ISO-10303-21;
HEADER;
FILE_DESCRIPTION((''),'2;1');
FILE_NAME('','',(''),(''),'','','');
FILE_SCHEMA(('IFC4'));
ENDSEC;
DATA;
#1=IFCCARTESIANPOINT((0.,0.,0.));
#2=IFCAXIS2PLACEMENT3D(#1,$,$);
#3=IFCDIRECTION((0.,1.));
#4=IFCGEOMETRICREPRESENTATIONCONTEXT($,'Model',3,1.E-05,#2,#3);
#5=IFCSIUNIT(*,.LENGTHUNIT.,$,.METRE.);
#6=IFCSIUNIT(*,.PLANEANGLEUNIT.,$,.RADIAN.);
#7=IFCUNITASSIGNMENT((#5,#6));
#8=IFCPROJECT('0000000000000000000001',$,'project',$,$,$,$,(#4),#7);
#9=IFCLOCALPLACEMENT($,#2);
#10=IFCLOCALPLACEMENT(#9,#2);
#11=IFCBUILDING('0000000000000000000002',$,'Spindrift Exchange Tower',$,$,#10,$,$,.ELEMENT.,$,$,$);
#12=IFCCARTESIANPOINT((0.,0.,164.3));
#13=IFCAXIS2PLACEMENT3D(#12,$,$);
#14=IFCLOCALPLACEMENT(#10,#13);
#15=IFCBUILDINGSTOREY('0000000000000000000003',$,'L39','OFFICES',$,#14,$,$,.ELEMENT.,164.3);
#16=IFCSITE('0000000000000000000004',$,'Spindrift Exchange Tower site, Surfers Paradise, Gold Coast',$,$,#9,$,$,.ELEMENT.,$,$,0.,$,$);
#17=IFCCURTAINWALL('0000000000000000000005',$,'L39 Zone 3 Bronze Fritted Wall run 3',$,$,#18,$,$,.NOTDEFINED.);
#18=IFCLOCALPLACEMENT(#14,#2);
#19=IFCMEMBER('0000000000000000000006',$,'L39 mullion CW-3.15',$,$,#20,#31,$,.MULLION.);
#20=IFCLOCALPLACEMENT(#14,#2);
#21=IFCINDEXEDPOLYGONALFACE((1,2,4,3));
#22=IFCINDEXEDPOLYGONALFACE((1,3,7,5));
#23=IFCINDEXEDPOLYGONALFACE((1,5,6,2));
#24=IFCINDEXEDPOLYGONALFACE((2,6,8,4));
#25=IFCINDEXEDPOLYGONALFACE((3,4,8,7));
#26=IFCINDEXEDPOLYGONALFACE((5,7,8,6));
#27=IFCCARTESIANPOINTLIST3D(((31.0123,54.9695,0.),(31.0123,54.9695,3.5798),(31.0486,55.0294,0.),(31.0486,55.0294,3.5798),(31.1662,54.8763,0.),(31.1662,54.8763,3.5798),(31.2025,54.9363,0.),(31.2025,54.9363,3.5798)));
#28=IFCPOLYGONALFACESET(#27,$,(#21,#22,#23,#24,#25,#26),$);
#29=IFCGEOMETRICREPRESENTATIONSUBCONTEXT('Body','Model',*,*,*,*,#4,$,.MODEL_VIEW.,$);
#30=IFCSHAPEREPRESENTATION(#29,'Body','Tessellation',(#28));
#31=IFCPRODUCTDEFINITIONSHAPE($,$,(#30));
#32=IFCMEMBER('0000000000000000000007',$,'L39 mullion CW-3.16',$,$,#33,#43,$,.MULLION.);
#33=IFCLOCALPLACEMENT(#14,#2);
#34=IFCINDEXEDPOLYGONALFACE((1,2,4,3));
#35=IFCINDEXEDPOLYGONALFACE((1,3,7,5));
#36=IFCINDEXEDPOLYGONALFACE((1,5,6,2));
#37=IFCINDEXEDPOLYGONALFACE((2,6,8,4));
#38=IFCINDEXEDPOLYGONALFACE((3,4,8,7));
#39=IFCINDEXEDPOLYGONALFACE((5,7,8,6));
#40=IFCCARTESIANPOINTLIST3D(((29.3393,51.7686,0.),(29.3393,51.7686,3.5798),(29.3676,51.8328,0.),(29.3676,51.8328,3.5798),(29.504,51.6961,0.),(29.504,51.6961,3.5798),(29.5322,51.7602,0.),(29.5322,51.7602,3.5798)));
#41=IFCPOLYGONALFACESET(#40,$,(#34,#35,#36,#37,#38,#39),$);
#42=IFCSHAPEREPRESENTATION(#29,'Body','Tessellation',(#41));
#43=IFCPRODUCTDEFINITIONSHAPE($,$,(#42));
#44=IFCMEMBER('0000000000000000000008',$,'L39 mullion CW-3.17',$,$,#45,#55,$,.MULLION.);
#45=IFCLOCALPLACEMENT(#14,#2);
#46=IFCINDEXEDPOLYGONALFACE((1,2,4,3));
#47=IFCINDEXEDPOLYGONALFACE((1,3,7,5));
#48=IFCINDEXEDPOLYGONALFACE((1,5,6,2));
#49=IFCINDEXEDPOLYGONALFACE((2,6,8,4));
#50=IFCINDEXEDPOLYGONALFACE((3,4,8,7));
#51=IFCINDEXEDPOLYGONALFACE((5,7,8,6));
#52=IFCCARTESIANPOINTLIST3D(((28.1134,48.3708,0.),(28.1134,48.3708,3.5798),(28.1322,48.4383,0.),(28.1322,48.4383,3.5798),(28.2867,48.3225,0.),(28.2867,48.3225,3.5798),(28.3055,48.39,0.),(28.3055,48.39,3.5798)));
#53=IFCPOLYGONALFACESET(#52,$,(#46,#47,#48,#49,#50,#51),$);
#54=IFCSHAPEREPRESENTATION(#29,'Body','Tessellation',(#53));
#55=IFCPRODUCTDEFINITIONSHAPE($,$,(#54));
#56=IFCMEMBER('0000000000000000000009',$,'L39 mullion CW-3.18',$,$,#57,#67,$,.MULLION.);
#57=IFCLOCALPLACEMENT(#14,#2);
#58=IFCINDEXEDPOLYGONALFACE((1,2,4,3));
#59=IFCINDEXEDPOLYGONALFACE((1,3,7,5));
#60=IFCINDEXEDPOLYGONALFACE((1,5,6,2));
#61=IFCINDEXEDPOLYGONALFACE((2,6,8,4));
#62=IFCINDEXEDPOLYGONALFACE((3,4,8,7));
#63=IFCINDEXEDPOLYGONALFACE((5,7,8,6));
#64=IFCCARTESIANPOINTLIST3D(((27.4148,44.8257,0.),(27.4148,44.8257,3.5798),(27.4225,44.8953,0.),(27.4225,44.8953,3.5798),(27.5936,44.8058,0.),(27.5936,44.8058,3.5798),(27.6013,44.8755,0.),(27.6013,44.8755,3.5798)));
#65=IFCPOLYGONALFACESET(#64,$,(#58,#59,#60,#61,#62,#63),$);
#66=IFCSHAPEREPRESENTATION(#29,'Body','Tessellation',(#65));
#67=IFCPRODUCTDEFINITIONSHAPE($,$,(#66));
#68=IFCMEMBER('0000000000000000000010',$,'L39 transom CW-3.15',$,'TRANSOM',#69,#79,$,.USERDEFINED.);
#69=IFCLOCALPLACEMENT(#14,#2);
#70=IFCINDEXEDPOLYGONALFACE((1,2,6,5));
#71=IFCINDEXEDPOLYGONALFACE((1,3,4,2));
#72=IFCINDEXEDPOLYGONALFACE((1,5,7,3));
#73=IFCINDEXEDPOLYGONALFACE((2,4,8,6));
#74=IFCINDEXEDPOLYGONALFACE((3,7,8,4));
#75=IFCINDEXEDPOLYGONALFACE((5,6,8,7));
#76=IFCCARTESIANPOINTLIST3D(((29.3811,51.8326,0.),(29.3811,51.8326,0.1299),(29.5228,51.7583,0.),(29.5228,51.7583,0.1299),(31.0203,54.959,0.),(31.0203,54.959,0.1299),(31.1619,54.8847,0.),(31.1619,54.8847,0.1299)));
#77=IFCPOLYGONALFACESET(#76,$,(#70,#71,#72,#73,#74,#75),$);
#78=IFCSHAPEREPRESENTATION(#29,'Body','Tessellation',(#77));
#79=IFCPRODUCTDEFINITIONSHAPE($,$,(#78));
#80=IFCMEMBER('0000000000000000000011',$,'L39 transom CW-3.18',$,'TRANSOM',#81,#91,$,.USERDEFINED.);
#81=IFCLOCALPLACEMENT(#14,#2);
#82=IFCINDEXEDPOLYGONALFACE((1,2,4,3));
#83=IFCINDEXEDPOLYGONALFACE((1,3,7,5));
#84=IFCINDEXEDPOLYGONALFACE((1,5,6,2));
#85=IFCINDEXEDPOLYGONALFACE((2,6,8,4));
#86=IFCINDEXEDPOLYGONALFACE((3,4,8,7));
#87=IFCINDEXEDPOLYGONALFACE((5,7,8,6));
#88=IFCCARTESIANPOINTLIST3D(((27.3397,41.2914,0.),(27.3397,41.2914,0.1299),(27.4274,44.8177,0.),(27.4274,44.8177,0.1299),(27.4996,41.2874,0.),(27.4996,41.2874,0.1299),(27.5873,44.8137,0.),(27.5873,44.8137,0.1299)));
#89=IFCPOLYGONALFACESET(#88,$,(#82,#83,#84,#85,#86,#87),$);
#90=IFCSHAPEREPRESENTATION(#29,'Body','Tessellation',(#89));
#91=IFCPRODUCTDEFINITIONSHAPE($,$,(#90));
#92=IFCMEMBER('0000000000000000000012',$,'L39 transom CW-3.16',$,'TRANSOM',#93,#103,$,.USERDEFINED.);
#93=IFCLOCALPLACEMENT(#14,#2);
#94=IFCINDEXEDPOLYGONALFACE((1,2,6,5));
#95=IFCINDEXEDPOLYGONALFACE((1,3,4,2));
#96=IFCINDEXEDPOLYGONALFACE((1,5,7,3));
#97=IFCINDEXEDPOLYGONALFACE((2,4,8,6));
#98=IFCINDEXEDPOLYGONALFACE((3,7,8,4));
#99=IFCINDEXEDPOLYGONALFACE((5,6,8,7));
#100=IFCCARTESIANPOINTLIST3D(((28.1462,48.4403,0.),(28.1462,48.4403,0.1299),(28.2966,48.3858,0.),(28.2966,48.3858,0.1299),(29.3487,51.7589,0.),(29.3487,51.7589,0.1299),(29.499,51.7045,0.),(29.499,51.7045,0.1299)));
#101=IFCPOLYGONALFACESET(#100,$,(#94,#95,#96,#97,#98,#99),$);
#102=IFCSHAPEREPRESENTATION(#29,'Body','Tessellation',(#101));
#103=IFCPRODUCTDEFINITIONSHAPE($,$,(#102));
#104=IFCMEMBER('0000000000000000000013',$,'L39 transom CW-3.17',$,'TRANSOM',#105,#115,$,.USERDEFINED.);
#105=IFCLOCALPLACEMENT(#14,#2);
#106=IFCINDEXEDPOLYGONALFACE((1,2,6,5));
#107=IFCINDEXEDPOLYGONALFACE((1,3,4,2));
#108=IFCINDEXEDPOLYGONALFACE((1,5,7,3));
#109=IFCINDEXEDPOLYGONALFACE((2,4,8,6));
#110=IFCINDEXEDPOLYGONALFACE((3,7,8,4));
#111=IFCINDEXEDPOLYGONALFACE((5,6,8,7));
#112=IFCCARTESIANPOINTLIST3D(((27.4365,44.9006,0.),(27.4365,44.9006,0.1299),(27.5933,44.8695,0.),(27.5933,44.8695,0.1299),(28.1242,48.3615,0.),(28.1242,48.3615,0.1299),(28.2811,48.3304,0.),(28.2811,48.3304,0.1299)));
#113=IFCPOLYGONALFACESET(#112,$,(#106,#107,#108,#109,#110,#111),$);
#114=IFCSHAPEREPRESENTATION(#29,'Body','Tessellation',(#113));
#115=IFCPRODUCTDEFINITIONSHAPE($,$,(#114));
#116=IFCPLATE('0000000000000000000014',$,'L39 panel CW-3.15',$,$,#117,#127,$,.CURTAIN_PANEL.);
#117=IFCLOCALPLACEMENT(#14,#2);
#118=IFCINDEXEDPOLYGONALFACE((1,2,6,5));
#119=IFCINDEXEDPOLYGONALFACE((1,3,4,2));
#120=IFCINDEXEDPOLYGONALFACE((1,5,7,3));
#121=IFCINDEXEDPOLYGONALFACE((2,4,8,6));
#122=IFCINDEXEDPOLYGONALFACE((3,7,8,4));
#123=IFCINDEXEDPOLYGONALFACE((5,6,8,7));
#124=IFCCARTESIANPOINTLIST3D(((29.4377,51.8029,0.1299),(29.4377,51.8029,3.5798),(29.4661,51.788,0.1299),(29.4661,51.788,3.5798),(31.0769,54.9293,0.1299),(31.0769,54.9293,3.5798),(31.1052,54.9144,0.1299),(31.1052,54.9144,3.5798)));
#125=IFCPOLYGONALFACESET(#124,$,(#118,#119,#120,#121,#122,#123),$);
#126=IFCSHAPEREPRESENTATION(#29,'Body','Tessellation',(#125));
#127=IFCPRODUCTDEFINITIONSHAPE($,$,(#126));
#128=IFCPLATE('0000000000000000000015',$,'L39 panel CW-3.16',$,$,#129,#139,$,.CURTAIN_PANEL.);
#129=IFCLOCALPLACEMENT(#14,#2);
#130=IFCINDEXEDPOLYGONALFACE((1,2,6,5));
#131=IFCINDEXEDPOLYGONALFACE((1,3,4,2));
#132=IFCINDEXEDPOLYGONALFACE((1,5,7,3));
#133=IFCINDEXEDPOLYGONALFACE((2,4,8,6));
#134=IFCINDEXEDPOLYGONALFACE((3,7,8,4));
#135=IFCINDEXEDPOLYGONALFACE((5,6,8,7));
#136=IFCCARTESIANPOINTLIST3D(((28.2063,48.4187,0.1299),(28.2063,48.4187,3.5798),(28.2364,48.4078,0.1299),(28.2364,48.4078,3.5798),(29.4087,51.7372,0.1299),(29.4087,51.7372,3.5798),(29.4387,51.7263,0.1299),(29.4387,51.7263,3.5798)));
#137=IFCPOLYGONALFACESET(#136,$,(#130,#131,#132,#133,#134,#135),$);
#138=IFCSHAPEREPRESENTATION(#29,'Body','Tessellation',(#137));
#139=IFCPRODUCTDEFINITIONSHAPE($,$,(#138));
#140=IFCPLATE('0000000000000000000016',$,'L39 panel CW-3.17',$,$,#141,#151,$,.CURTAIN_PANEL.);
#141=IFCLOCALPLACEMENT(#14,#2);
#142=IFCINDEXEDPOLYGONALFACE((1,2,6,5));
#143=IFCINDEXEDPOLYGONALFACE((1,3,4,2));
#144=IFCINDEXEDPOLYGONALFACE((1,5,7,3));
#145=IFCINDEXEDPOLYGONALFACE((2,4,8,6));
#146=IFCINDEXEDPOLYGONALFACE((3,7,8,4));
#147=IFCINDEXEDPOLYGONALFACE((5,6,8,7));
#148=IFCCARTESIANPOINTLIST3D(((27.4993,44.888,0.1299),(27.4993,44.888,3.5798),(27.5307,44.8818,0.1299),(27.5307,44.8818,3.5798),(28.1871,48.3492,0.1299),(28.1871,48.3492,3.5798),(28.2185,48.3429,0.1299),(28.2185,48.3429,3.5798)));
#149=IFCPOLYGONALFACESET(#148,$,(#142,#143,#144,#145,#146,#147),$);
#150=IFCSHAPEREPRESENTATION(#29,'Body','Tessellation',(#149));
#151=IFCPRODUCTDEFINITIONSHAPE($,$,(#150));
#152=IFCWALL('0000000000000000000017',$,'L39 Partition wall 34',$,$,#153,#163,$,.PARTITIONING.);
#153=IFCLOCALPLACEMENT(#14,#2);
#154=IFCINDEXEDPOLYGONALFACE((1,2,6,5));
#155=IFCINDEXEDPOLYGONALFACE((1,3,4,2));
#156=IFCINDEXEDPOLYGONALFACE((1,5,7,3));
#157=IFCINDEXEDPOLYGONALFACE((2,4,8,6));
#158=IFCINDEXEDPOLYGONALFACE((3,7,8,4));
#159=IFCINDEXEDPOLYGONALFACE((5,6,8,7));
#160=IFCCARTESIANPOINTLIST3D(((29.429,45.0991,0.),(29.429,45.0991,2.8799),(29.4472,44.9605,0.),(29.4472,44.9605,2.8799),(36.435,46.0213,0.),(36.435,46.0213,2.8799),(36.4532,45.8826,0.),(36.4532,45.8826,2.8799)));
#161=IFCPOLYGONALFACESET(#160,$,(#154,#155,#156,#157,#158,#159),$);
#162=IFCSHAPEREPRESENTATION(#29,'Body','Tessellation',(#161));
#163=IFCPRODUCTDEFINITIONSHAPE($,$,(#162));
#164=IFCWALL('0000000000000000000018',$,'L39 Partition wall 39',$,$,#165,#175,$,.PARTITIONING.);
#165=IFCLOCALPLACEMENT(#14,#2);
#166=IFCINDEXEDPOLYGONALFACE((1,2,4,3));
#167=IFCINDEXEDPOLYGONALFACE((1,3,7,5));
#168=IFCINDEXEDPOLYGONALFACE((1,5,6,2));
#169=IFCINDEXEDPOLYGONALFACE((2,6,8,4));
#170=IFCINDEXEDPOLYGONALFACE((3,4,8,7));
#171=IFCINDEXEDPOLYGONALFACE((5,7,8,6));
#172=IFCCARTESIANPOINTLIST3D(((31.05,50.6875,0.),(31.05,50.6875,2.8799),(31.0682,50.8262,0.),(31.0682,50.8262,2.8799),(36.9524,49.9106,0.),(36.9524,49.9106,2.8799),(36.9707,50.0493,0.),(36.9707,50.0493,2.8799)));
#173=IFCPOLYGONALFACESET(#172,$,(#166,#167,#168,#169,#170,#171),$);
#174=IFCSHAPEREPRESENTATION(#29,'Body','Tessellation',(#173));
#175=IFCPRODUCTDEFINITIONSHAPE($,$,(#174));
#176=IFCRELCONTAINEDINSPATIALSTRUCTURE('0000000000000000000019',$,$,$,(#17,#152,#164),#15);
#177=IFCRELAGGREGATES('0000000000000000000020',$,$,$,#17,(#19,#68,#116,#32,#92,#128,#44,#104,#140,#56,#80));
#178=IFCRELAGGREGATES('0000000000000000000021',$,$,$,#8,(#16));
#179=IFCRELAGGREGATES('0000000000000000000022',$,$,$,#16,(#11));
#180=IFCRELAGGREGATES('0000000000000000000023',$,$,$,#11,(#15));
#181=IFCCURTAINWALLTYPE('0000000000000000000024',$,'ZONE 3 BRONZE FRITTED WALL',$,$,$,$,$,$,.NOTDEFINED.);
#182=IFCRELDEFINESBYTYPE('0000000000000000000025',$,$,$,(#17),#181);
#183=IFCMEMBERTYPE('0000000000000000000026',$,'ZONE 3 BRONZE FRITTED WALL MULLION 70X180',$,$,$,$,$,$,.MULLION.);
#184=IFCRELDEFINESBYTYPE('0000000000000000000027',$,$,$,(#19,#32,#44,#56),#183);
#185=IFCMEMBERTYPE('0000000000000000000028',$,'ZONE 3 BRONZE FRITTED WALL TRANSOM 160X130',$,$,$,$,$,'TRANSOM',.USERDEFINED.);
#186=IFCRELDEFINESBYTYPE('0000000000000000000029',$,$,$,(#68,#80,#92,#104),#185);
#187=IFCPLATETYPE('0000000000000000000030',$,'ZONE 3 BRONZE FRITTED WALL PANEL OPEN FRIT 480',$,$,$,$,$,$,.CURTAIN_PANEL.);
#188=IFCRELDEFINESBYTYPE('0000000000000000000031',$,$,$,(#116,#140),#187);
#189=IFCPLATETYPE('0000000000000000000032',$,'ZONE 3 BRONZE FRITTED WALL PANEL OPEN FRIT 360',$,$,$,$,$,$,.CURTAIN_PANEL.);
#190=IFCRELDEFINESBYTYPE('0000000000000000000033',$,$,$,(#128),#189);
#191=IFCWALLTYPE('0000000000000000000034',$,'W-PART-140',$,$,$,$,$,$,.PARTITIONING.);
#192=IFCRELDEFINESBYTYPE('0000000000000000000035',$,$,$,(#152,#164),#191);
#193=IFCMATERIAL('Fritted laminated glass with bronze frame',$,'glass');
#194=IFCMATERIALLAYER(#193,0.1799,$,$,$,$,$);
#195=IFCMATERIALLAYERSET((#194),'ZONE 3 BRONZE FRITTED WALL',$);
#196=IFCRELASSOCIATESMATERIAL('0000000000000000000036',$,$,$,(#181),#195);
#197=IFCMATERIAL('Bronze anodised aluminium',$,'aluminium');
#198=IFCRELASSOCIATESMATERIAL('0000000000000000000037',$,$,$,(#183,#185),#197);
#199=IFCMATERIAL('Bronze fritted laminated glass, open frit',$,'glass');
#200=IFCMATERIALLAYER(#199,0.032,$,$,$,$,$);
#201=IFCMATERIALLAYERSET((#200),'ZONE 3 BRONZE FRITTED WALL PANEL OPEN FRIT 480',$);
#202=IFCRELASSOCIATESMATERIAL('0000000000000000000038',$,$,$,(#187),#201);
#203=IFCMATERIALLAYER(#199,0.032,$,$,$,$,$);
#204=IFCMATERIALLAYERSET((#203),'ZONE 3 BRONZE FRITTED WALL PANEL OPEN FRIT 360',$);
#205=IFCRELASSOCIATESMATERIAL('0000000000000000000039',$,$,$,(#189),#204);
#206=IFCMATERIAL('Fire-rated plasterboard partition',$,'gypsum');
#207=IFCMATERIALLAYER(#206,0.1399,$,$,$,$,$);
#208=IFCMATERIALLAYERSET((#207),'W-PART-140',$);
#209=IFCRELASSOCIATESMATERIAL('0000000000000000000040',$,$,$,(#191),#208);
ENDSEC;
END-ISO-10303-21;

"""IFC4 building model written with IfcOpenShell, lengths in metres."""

from ifc_helpers import new_model, si_unit, direction, frame, frame_2d, origin, origin_2d, place, context, subcontext, project, spatial, rectangle, extrude, source, transform, mapped, material, layer, layer_set, material_profile, profile_set, type_object, element, aggregate, save


model = new_model("IFC4")

# Units and contexts
model_context = context("Model", 3, precision=1e-05, world=origin(), true_north=direction((0.0, 1.0)))
body_context = subcontext(model_context, "Body", "Model", "MODEL_VIEW")
ifc_project = project(units=[si_unit("LENGTHUNIT", "METRE"), si_unit("PLANEANGLEUNIT", "RADIAN")], contexts=[model_context])

# Site, building, storey
site_placement = place(None, origin())
site = spatial("IfcSite", under=ifc_project, at=site_placement, Name="Spindrift Exchange Tower site, Surfers Paradise, Gold Coast", CompositionType="ELEMENT", RefElevation=0.0)
building_placement = place(site_placement, origin())
building = spatial("IfcBuilding", under=site, at=building_placement, Name="Spindrift Exchange Tower", CompositionType="ELEMENT")
storey_placement = place(building_placement, frame((0.0, 0.0, 164.3)))
storey = spatial("IfcBuildingStorey", under=building, at=storey_placement, Name="L39", Description="OFFICES", CompositionType="ELEMENT", Elevation=164.3)

# Curtain wall, members, plates
ifc_material_1 = material(Name="Fritted laminated glass with bronze frame", Category="glass")
ifc_layer_1 = layer(ifc_material_1, 0.1799)
ifc_layer_set_1 = layer_set([ifc_layer_1], Name="ZONE 3 BRONZE FRITTED WALL")
curtain_wall_type = type_object("IfcCurtainWallType", Name="ZONE 3 BRONZE FRITTED WALL", PredefinedType="NOTDEFINED", material=ifc_layer_set_1)
curtain_wall_placement = place(storey_placement, origin())
curtain_wall = element("IfcCurtainWall", 1, at=curtain_wall_placement, inside=storey, type_object=curtain_wall_type, Name="L39 Zone 3 Bronze Fritted Wall run 3", PredefinedType="NOTDEFINED")
ifc_material_2 = material(Name="Bronze anodised aluminium", Category="aluminium")
ifc_material_profile_1 = material_profile(ifc_material_2, rectangle(XDim=0.0701, YDim=0.1799, at=origin_2d()), Name="ZONE 3 BRONZE FRITTED WALL MULLION 70X180")
ifc_profile_set_1 = profile_set([ifc_material_profile_1], Name="Bronze anodised aluminium")
member_type_1 = type_object("IfcMemberType", Name="ZONE 3 BRONZE FRITTED WALL MULLION 70X180", PredefinedType="MULLION", material=ifc_profile_set_1)
shared_shape_1 = source(origin(), body_context, "Body", "SweptSolid", [
    extrude(rectangle(XDim=0.0701, YDim=0.1799, at=origin_2d()), origin(), (0.0, 0.0, 1.0), 3.5798),
])
member_1_placement = place(storey_placement, frame((31.1074, 54.9529, 0.0), z_axis=(0.0, 0.0, 1.0), x_axis=(-0.517955, -0.855408, 0.0)))
member_1 = element("IfcMember", 2, at=member_1_placement, type_object=member_type_1, Name="L39 mullion CW-3.15", PredefinedType="MULLION", context=body_context, shape_type="MappedRepresentation", body=[
    mapped(shared_shape_1, transform((0.0, 0.0, 0.0), scale=1.0)),
])
member_2_placement = place(storey_placement, frame((29.4358, 51.7644, 0.0), z_axis=(0.0, 0.0, 1.0), x_axis=(-0.403428, -0.915011, 0.0)))
member_2 = element("IfcMember", 3, at=member_2_placement, type_object=member_type_1, Name="L39 mullion CW-3.16", PredefinedType="MULLION", context=body_context, shape_type="MappedRepresentation", body=[
    mapped(shared_shape_1, transform((0.0, 0.0, 0.0), scale=1.0)),
])
member_3_placement = place(storey_placement, frame((28.2095, 48.3804, 0.0), z_axis=(0.0, 0.0, 1.0), x_axis=(-0.268551, -0.963266, 0.0)))
member_3 = element("IfcMember", 4, at=member_3_placement, type_object=member_type_1, Name="L39 mullion CW-3.17", PredefinedType="MULLION", context=body_context, shape_type="MappedRepresentation", body=[
    mapped(shared_shape_1, transform((0.0, 0.0, 0.0), scale=1.0)),
])
member_4_placement = place(storey_placement, frame((27.5081, 44.8506, 0.0), z_axis=(0.0, 0.0, 1.0), x_axis=(-0.110281, -0.9939, 0.0)))
member_4 = element("IfcMember", 5, at=member_4_placement, type_object=member_type_1, Name="L39 mullion CW-3.18", PredefinedType="MULLION", context=body_context, shape_type="MappedRepresentation", body=[
    mapped(shared_shape_1, transform((0.0, 0.0, 0.0), scale=1.0)),
])
ifc_material_profile_2 = material_profile(ifc_material_2, rectangle(XDim=0.1599, YDim=0.1299, at=origin_2d()), Name="ZONE 3 BRONZE FRITTED WALL TRANSOM 160X130")
ifc_profile_set_2 = profile_set([ifc_material_profile_2], Name="Bronze anodised aluminium")
member_type_2 = type_object("IfcMemberType", Name="ZONE 3 BRONZE FRITTED WALL TRANSOM 160X130", ElementType="TRANSOM", PredefinedType="USERDEFINED", material=ifc_profile_set_2)
shared_shape_2 = source(origin(), body_context, "Body", "SweptSolid", [
    extrude(rectangle(XDim=0.1599, YDim=0.1299, at=origin_2d()), origin(), (0.0, 0.0, 1.0), 3.53),
])
member_5_placement = place(storey_placement, frame((31.0911, 54.9219, 0.0649), z_axis=(-0.464338, -0.885658, 0.0), x_axis=(0.885658, -0.464338, 0.0)))
member_5 = element("IfcMember", 6, at=member_5_placement, type_object=member_type_2, Name="L39 transom CW-3.15", ObjectType="TRANSOM", PredefinedType="USERDEFINED", context=body_context, shape_type="MappedRepresentation", body=[
    mapped(shared_shape_2, transform((0.0, 0.0, 0.0), scale=1.0)),
])
shared_shape_3 = source(origin(), body_context, "Body", "SweptSolid", [
    extrude(rectangle(XDim=0.1599, YDim=0.1299, at=origin_2d()), origin(), (0.0, 0.0, 1.0), 3.5273),
])
member_6_placement = place(storey_placement, frame((27.5073, 44.8157, 0.0649), z_axis=(-0.024847, -0.999691, 0.0), x_axis=(0.999691, -0.024847, 0.0)))
member_6 = element("IfcMember", 7, at=member_6_placement, type_object=member_type_2, Name="L39 transom CW-3.18", ObjectType="TRANSOM", PredefinedType="USERDEFINED", context=body_context, shape_type="MappedRepresentation", body=[
    mapped(shared_shape_3, transform((0.0, 0.0, 0.0), scale=1.0)),
])
shared_shape_4 = source(origin(), body_context, "Body", "SweptSolid", [
    extrude(rectangle(XDim=0.1599, YDim=0.1299, at=origin_2d()), origin(), (0.0, 0.0, 1.0), 3.5298),
])
member_7_placement = place(storey_placement, frame((29.4238, 51.7317, 0.0649), z_axis=(-0.340649, -0.940191, 0.0), x_axis=(0.940191, -0.340649, 0.0)))
member_7 = element("IfcMember", 8, at=member_7_placement, type_object=member_type_2, Name="L39 transom CW-3.16", ObjectType="TRANSOM", PredefinedType="USERDEFINED", context=body_context, shape_type="MappedRepresentation", body=[
    mapped(shared_shape_4, transform((0.0, 0.0, 0.0), scale=1.0)),
])
shared_shape_5 = source(origin(), body_context, "Body", "SweptSolid", [
    extrude(rectangle(XDim=0.1599, YDim=0.1299, at=origin_2d()), origin(), (0.0, 0.0, 1.0), 3.5286),
])
member_8_placement = place(storey_placement, frame((28.2026, 48.3459, 0.0649), z_axis=(-0.194905, -0.980822, 0.0), x_axis=(0.980822, -0.194905, 0.0)))
member_8 = element("IfcMember", 9, at=member_8_placement, type_object=member_type_2, Name="L39 transom CW-3.17", ObjectType="TRANSOM", PredefinedType="USERDEFINED", context=body_context, shape_type="MappedRepresentation", body=[
    mapped(shared_shape_5, transform((0.0, 0.0, 0.0), scale=1.0)),
])
ifc_material_3 = material(Name="Bronze fritted laminated glass, open frit", Category="glass")
ifc_layer_2 = layer(ifc_material_3, 0.032)
ifc_layer_set_2 = layer_set([ifc_layer_2], Name="ZONE 3 BRONZE FRITTED WALL PANEL OPEN FRIT 480")
plate_type_1 = type_object("IfcPlateType", Name="ZONE 3 BRONZE FRITTED WALL PANEL OPEN FRIT 480", PredefinedType="CURTAIN_PANEL", material=ifc_layer_set_2)
shared_shape_6 = source(origin(), body_context, "Body", "SweptSolid", [
    extrude(rectangle(XDim=3.53, YDim=0.032, at=origin_2d()), origin(), (0.0, 0.0, 1.0), 3.45),
])
plate_1_placement = place(storey_placement, frame((30.2715, 53.3586, 0.1299), z_axis=(0.0, 0.0, 1.0), x_axis=(-0.464352, -0.885651, 0.0)))
plate_1 = element("IfcPlate", 10, at=plate_1_placement, type_object=plate_type_1, Name="L39 panel CW-3.15", PredefinedType="CURTAIN_PANEL", context=body_context, shape_type="MappedRepresentation", body=[
    mapped(shared_shape_6, transform((0.0, 0.0, 0.0), scale=1.0)),
])
ifc_layer_3 = layer(ifc_material_3, 0.032)
ifc_layer_set_3 = layer_set([ifc_layer_3], Name="ZONE 3 BRONZE FRITTED WALL PANEL OPEN FRIT 360")
plate_type_2 = type_object("IfcPlateType", Name="ZONE 3 BRONZE FRITTED WALL PANEL OPEN FRIT 360", PredefinedType="CURTAIN_PANEL", material=ifc_layer_set_3)
shared_shape_7 = source(origin(), body_context, "Body", "SweptSolid", [
    extrude(rectangle(XDim=3.5295, YDim=0.032, at=origin_2d()), origin(), (0.0, 0.0, 1.0), 3.45),
])
plate_2_placement = place(storey_placement, frame((28.8225, 50.0725, 0.1299), z_axis=(0.0, 0.0, 1.0), x_axis=(-0.340659, -0.940187, 0.0)))
plate_2 = element("IfcPlate", 11, at=plate_2_placement, type_object=plate_type_2, Name="L39 panel CW-3.16", PredefinedType="CURTAIN_PANEL", context=body_context, shape_type="MappedRepresentation", body=[
    mapped(shared_shape_7, transform((0.0, 0.0, 0.0), scale=1.0)),
])
shared_shape_8 = source(origin(), body_context, "Body", "SweptSolid", [
    extrude(rectangle(XDim=3.5288, YDim=0.032, at=origin_2d()), origin(), (0.0, 0.0, 1.0), 3.45),
])
plate_3_placement = place(storey_placement, frame((27.8589, 46.6155, 0.1299), z_axis=(0.0, 0.0, 1.0), x_axis=(-0.194904, -0.980822, 0.0)))
plate_3 = element("IfcPlate", 12, at=plate_3_placement, type_object=plate_type_1, Name="L39 panel CW-3.17", PredefinedType="CURTAIN_PANEL", context=body_context, shape_type="MappedRepresentation", body=[
    mapped(shared_shape_8, transform((0.0, 0.0, 0.0), scale=1.0)),
])
aggregate(curtain_wall, [member_1, member_5, plate_1, member_2, member_7, plate_2, member_3, member_8, plate_3, member_4, member_6])

# Walls
ifc_material_4 = material(Name="Fire-rated plasterboard partition", Category="gypsum")
ifc_layer_4 = layer(ifc_material_4, 0.1399)
ifc_layer_set_4 = layer_set([ifc_layer_4], Name="W-PART-140")
wall_type = type_object("IfcWallType", Name="W-PART-140", PredefinedType="PARTITIONING", material=ifc_layer_set_4)
wall_1_placement = place(storey_placement, frame((36.4441, 45.9519, 0.0), z_axis=(0.0, 0.0, 1.0), x_axis=(-0.991449, -0.130491, 0.0)))
element("IfcWall", 13, at=wall_1_placement, inside=storey, type_object=wall_type, Name="L39 Partition wall 34", PredefinedType="PARTITIONING", context=body_context, shape_type="SweptSolid", body=[
    extrude(rectangle(XDim=7.0664, YDim=0.1399, at=frame_2d((3.5332, 0.0))), origin(), (0.0, 0.0, 1.0), 2.8799),
])
wall_2_placement = place(storey_placement, frame((36.9614, 49.98, 0.0), z_axis=(0.0, 0.0, 1.0), x_axis=(-0.991449, 0.130493, 0.0)))
element("IfcWall", 14, at=wall_2_placement, inside=storey, type_object=wall_type, Name="L39 Partition wall 39", PredefinedType="PARTITIONING", context=body_context, shape_type="SweptSolid", body=[
    extrude(rectangle(XDim=5.9534, YDim=0.1399, at=frame_2d((2.9766, 0.0))), origin(), (0.0, 0.0, 1.0), 2.8799),
])

save(model, "model.ifc")
